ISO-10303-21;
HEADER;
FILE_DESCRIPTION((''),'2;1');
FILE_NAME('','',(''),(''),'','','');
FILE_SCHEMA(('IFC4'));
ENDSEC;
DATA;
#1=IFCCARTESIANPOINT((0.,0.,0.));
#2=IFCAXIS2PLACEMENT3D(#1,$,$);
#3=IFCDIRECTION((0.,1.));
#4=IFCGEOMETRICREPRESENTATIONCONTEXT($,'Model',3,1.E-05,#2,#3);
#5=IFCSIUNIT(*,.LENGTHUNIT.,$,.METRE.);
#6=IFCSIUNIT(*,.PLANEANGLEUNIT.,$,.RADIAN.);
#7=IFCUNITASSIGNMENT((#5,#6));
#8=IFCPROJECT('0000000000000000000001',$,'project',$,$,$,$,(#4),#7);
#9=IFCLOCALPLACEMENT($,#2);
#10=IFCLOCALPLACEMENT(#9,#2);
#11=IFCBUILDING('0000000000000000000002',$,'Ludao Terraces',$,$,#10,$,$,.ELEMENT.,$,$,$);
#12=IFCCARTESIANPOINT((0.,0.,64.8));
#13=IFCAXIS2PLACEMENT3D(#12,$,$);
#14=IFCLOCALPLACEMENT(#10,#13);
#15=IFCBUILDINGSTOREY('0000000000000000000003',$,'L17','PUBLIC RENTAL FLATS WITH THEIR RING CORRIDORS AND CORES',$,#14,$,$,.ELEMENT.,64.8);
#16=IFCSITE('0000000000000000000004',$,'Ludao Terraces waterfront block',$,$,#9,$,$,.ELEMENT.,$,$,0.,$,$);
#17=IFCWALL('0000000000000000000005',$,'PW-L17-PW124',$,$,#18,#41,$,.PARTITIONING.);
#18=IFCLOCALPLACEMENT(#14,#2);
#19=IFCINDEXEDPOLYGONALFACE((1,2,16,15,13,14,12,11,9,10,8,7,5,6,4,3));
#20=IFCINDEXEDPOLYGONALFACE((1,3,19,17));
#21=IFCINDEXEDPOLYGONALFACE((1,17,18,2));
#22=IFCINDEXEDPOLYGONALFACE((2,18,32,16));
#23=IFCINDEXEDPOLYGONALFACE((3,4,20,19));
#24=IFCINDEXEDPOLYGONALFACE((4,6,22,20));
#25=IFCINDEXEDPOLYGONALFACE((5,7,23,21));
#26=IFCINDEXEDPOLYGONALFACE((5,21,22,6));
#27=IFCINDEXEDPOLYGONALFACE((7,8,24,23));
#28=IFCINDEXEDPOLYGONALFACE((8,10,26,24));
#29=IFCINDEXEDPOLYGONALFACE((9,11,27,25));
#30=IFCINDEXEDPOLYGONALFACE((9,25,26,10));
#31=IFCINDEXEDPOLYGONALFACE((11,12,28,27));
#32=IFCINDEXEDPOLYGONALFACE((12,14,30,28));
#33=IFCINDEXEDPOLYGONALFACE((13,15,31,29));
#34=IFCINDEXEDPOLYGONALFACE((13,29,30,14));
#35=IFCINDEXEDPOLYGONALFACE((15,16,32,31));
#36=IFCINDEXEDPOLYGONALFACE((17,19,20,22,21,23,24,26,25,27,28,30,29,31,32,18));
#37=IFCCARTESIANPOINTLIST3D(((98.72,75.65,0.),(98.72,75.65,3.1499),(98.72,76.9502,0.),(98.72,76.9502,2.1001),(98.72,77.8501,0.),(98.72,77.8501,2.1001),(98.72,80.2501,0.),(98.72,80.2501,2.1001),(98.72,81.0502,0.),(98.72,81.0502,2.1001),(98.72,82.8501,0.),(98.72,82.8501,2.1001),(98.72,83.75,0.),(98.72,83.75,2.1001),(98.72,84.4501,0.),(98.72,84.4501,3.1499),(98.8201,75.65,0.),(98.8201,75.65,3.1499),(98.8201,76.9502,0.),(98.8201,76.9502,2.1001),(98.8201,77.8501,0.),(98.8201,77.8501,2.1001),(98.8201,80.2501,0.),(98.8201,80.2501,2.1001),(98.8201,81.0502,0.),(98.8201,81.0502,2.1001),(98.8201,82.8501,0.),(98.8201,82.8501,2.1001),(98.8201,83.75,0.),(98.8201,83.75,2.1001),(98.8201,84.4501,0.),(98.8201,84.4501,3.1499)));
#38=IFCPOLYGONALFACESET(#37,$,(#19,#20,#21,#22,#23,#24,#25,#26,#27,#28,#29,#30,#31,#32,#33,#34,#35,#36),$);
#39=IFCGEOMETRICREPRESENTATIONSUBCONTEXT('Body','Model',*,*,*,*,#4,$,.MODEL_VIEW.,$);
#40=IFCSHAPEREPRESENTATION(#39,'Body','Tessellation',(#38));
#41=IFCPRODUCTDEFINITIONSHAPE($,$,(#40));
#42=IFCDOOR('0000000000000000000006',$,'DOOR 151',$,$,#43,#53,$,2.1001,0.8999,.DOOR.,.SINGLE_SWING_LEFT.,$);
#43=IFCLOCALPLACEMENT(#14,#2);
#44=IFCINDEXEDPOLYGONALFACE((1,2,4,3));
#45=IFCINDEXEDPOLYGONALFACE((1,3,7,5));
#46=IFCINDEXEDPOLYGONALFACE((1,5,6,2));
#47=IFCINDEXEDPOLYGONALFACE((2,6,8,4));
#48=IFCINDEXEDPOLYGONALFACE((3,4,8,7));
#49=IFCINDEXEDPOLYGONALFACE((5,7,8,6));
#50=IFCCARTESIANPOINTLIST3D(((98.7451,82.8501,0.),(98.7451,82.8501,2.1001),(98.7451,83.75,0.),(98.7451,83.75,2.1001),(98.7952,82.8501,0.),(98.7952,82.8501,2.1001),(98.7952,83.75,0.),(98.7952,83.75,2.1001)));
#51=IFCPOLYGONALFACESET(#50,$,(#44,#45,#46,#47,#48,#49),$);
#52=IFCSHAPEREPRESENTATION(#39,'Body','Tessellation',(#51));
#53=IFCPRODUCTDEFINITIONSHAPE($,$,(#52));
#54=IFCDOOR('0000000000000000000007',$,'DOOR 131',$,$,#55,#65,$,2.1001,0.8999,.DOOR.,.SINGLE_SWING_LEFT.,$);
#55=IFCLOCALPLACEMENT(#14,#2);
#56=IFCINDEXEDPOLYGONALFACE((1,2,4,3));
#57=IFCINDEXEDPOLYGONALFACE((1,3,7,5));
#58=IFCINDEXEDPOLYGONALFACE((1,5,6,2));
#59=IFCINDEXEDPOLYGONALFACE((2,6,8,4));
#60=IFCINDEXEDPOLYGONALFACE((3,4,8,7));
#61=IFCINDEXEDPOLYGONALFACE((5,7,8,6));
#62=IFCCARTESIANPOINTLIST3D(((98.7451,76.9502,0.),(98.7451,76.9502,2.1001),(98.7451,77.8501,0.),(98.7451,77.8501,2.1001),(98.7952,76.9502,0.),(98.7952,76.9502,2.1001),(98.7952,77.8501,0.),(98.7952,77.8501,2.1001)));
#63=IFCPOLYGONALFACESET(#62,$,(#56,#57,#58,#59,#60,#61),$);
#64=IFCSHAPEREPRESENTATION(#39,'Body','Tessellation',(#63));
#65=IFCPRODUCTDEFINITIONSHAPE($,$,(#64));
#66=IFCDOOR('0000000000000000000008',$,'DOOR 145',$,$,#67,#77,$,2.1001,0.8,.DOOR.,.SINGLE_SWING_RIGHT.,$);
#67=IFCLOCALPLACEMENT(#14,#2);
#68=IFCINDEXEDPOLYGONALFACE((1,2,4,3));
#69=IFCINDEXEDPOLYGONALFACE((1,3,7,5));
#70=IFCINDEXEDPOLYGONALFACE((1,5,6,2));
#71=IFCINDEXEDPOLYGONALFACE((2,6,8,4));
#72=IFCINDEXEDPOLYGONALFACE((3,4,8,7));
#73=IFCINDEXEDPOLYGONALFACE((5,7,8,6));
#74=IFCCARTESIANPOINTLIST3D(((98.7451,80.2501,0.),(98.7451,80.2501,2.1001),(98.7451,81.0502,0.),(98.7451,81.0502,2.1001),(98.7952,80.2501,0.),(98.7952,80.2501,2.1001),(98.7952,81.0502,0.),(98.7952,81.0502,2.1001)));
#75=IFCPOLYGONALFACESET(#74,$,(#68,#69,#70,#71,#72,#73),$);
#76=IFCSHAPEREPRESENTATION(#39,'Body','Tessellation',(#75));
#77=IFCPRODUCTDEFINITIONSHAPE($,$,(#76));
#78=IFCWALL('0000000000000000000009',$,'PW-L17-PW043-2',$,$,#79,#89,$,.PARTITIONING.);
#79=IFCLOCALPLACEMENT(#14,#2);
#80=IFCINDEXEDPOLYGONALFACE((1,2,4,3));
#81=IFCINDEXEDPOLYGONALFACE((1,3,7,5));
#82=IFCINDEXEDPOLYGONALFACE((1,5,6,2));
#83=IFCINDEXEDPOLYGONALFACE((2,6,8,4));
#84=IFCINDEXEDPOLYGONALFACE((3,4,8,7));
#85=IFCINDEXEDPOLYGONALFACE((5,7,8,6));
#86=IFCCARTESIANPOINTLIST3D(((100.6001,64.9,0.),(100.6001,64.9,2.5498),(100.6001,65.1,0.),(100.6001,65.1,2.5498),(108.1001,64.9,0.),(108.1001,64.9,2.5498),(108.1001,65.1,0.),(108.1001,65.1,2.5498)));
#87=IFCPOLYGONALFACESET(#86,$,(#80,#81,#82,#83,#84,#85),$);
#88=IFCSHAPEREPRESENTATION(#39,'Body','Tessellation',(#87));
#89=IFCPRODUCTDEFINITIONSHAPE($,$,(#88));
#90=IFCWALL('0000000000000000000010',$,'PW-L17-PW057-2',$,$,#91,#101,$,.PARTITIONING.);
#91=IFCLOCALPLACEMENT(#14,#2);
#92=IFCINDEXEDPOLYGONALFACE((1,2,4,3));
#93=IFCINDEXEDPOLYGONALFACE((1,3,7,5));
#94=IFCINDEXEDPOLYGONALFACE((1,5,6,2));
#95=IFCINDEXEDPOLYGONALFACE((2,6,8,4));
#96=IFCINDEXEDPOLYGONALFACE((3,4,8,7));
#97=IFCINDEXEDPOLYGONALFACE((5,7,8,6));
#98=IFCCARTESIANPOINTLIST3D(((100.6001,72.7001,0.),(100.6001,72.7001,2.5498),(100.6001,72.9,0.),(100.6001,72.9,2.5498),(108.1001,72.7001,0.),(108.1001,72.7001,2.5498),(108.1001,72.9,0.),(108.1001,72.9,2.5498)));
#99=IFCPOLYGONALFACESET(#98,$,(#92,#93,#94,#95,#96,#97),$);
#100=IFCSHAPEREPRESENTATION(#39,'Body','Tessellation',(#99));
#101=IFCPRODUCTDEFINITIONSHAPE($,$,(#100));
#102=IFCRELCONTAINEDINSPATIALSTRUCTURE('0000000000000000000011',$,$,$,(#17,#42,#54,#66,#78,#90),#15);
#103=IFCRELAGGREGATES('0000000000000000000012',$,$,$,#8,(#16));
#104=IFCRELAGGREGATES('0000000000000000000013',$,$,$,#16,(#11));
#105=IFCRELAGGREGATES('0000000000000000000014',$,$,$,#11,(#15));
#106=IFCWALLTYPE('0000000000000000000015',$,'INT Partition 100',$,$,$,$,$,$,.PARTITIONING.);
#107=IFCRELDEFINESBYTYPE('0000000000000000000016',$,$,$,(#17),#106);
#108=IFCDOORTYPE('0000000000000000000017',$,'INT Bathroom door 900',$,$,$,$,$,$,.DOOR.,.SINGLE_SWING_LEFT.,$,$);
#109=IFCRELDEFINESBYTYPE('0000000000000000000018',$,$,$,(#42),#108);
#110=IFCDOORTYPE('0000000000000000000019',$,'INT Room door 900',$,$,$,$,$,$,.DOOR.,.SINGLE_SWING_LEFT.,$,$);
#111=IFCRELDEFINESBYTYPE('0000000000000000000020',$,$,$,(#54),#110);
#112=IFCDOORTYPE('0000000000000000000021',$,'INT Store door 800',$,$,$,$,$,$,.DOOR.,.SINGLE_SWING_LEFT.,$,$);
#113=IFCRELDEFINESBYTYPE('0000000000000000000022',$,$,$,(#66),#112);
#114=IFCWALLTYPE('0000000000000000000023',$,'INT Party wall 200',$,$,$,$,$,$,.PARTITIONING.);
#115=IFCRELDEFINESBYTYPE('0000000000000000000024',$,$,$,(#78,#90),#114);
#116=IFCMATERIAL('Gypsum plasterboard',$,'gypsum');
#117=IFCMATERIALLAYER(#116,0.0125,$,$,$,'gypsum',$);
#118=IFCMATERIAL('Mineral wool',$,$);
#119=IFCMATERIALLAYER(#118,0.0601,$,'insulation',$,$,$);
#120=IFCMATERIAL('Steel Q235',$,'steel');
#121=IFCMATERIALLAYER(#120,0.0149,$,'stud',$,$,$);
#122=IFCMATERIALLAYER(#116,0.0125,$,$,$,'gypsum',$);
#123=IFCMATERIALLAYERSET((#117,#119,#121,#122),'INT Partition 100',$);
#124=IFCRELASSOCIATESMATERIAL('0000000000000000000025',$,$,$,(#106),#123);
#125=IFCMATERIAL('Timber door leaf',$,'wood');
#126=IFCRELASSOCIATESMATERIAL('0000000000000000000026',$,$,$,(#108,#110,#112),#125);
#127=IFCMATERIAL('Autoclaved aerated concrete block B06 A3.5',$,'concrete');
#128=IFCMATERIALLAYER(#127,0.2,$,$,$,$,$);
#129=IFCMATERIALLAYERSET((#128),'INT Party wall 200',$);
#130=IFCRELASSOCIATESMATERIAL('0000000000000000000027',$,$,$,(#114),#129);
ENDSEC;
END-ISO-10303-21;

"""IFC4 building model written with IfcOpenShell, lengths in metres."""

from ifc_helpers import new_model, si_unit, direction, frame, frame_2d, origin, place, context, subcontext, project, spatial, rectangle, extrude, material, layer, layer_set, type_object, element, fill, save


model = new_model("IFC4")

# Units and contexts
model_context = context("Model", 3, precision=1e-05, world=origin(), true_north=direction((0.0, 1.0)))
body_context = subcontext(model_context, "Body", "Model", "MODEL_VIEW")
ifc_project = project(units=[si_unit("LENGTHUNIT", "METRE"), si_unit("PLANEANGLEUNIT", "RADIAN")], contexts=[model_context])

# Site, building, storey
site_placement = place(None, origin())
site = spatial("IfcSite", under=ifc_project, at=site_placement, Name="Ludao Terraces waterfront block", CompositionType="ELEMENT", RefElevation=0.0)
building_placement = place(site_placement, origin())
building = spatial("IfcBuilding", under=site, at=building_placement, Name="Ludao Terraces", CompositionType="ELEMENT")
storey_placement = place(building_placement, frame((0.0, 0.0, 64.8)))
storey = spatial("IfcBuildingStorey", under=building, at=storey_placement, Name="L17", Description="PUBLIC RENTAL FLATS WITH THEIR RING CORRIDORS AND CORES", CompositionType="ELEMENT", Elevation=64.8)

# Shared definitions
ifc_material_1 = material(Name="Gypsum plasterboard", Category="gypsum")
ifc_layer_1 = layer(ifc_material_1, 0.0125, Category="gypsum")
ifc_material_2 = material(Name="Mineral wool")
ifc_layer_2 = layer(ifc_material_2, 0.0601, Name="insulation")
ifc_material_3 = material(Name="Steel Q235", Category="steel")
ifc_layer_3 = layer(ifc_material_3, 0.0149, Name="stud")
ifc_layer_4 = layer(ifc_material_1, 0.0125, Category="gypsum")
ifc_layer_set_1 = layer_set([ifc_layer_1, ifc_layer_2, ifc_layer_3, ifc_layer_4], Name="INT Partition 100")
wall_type_1 = type_object("IfcWallType", Name="INT Partition 100", PredefinedType="PARTITIONING", material=ifc_layer_set_1)

# Wall, openings, doors
ifc_material_4 = material(Name="Timber door leaf", Category="wood")
door_type_1 = type_object("IfcDoorType", Name="INT Bathroom door 900", OperationType="SINGLE_SWING_LEFT", PredefinedType="DOOR", material=ifc_material_4)
wall_1_placement = place(storey_placement, frame((98.77, 75.6501, 0.0), z_axis=(0.0, 0.0, 1.0), x_axis=(0.0, 1.0, 0.0)))
wall_1 = element("IfcWall", 1, at=wall_1_placement, inside=storey, type_object=wall_type_1, Name="PW-L17-PW124", PredefinedType="PARTITIONING", context=body_context, shape_type="SweptSolid", body=[
    extrude(rectangle(XDim=8.8, YDim=0.1001, at=frame_2d((4.3999, 0.0))), origin(), (0.0, 0.0, 1.0), 3.1499),
])
opening_1_placement = place(wall_1_placement, frame((1.3, 0.0, 0.0)))
opening_1 = element("IfcOpeningElement", 2, at=opening_1_placement, cuts=wall_1, PredefinedType="OPENING", context=body_context, shape_type="SweptSolid", body=[
    extrude(rectangle(XDim=0.8999, YDim=2.1001, at=frame_2d((0.45, 1.05))), frame((0.0, 0.0601, 0.0), z_axis=(0.0, -1.0, 0.0), x_axis=(1.0, 0.0, 0.0)), (0.0, 0.0, 1.0), 0.1201),
])
opening_2_placement = place(wall_1_placement, frame((4.6001, 0.0, 0.0)))
opening_2 = element("IfcOpeningElement", 3, at=opening_2_placement, cuts=wall_1, PredefinedType="OPENING", context=body_context, shape_type="SweptSolid", body=[
    extrude(rectangle(XDim=0.8, YDim=2.1001, at=frame_2d((0.3999, 1.05))), frame((0.0, 0.0601, 0.0), z_axis=(0.0, -1.0, 0.0), x_axis=(1.0, 0.0, 0.0)), (0.0, 0.0, 1.0), 0.1201),
])
opening_3_placement = place(wall_1_placement, frame((7.2, 0.0, 0.0)))
opening_3 = element("IfcOpeningElement", 4, at=opening_3_placement, cuts=wall_1, PredefinedType="OPENING", context=body_context, shape_type="SweptSolid", body=[
    extrude(rectangle(XDim=0.8999, YDim=2.1001, at=frame_2d((0.45, 1.05))), frame((0.0, 0.0601, 0.0), z_axis=(0.0, -1.0, 0.0), x_axis=(1.0, 0.0, 0.0)), (0.0, 0.0, 1.0), 0.1201),
])
door_1_placement = place(opening_3_placement, origin())
door_1 = element("IfcDoor", 5, at=door_1_placement, inside=storey, type_object=door_type_1, Name="DOOR 151", OperationType="SINGLE_SWING_LEFT", OverallHeight=2.1001, OverallWidth=0.8999, PredefinedType="DOOR", context=body_context, shape_type="SweptSolid", body=[
    extrude(rectangle(XDim=0.8999, YDim=2.1001, at=frame_2d((0.45, 1.05))), frame((0.0, 0.0249, 0.0), z_axis=(0.0, -1.0, 0.0), x_axis=(1.0, 0.0, 0.0)), (0.0, 0.0, 1.0), 0.05),
])
fill(opening_3, door_1)
door_type_2 = type_object("IfcDoorType", Name="INT Room door 900", OperationType="SINGLE_SWING_LEFT", PredefinedType="DOOR", material=ifc_material_4)
door_2_placement = place(opening_1_placement, origin())
door_2 = element("IfcDoor", 6, at=door_2_placement, inside=storey, type_object=door_type_2, Name="DOOR 131", OperationType="SINGLE_SWING_LEFT", OverallHeight=2.1001, OverallWidth=0.8999, PredefinedType="DOOR", context=body_context, shape_type="SweptSolid", body=[
    extrude(rectangle(XDim=0.8999, YDim=2.1001, at=frame_2d((0.45, 1.05))), frame((0.0, 0.0249, 0.0), z_axis=(0.0, -1.0, 0.0), x_axis=(1.0, 0.0, 0.0)), (0.0, 0.0, 1.0), 0.05),
])
fill(opening_1, door_2)
door_type_3 = type_object("IfcDoorType", Name="INT Store door 800", OperationType="SINGLE_SWING_LEFT", PredefinedType="DOOR", material=ifc_material_4)
door_3_placement = place(opening_2_placement, origin())
door_3 = element("IfcDoor", 7, at=door_3_placement, inside=storey, type_object=door_type_3, Name="DOOR 145", OperationType="SINGLE_SWING_RIGHT", OverallHeight=2.1001, OverallWidth=0.8, PredefinedType="DOOR", context=body_context, shape_type="SweptSolid", body=[
    extrude(rectangle(XDim=0.8, YDim=2.1001, at=frame_2d((0.3999, 1.05))), frame((0.0, 0.0249, 0.0), z_axis=(0.0, -1.0, 0.0), x_axis=(1.0, 0.0, 0.0)), (0.0, 0.0, 1.0), 0.05),
])
fill(opening_2, door_3)

# Walls
ifc_material_5 = material(Name="Autoclaved aerated concrete block B06 A3.5", Category="concrete")
ifc_layer_5 = layer(ifc_material_5, 0.2)
ifc_layer_set_2 = layer_set([ifc_layer_5], Name="INT Party wall 200")
wall_type_2 = type_object("IfcWallType", Name="INT Party wall 200", PredefinedType="PARTITIONING", material=ifc_layer_set_2)
for number, where, z_axis, x_axis, name in (
    (8, (100.6001, 65.0, 0.0), (0.0, 0.0, 1.0), (1.0, 0.0, 0.0), "PW-L17-PW043-2"),
    (9, (100.6001, 72.8, 0.0), (0.0, 0.0, 1.0), (1.0, 0.0, 0.0), "PW-L17-PW057-2"),
):
    element("IfcWall", number, at=place(storey_placement, frame(where, z_axis=z_axis, x_axis=x_axis)), inside=storey, type_object=wall_type_2, Name=name, PredefinedType="PARTITIONING", context=body_context, shape_type="SweptSolid", body=[
        extrude(rectangle(XDim=7.5, YDim=0.2, at=frame_2d((3.75, 0.0))), origin(), (0.0, 0.0, 1.0), 2.5498),
    ])

save(model, "model.ifc")
